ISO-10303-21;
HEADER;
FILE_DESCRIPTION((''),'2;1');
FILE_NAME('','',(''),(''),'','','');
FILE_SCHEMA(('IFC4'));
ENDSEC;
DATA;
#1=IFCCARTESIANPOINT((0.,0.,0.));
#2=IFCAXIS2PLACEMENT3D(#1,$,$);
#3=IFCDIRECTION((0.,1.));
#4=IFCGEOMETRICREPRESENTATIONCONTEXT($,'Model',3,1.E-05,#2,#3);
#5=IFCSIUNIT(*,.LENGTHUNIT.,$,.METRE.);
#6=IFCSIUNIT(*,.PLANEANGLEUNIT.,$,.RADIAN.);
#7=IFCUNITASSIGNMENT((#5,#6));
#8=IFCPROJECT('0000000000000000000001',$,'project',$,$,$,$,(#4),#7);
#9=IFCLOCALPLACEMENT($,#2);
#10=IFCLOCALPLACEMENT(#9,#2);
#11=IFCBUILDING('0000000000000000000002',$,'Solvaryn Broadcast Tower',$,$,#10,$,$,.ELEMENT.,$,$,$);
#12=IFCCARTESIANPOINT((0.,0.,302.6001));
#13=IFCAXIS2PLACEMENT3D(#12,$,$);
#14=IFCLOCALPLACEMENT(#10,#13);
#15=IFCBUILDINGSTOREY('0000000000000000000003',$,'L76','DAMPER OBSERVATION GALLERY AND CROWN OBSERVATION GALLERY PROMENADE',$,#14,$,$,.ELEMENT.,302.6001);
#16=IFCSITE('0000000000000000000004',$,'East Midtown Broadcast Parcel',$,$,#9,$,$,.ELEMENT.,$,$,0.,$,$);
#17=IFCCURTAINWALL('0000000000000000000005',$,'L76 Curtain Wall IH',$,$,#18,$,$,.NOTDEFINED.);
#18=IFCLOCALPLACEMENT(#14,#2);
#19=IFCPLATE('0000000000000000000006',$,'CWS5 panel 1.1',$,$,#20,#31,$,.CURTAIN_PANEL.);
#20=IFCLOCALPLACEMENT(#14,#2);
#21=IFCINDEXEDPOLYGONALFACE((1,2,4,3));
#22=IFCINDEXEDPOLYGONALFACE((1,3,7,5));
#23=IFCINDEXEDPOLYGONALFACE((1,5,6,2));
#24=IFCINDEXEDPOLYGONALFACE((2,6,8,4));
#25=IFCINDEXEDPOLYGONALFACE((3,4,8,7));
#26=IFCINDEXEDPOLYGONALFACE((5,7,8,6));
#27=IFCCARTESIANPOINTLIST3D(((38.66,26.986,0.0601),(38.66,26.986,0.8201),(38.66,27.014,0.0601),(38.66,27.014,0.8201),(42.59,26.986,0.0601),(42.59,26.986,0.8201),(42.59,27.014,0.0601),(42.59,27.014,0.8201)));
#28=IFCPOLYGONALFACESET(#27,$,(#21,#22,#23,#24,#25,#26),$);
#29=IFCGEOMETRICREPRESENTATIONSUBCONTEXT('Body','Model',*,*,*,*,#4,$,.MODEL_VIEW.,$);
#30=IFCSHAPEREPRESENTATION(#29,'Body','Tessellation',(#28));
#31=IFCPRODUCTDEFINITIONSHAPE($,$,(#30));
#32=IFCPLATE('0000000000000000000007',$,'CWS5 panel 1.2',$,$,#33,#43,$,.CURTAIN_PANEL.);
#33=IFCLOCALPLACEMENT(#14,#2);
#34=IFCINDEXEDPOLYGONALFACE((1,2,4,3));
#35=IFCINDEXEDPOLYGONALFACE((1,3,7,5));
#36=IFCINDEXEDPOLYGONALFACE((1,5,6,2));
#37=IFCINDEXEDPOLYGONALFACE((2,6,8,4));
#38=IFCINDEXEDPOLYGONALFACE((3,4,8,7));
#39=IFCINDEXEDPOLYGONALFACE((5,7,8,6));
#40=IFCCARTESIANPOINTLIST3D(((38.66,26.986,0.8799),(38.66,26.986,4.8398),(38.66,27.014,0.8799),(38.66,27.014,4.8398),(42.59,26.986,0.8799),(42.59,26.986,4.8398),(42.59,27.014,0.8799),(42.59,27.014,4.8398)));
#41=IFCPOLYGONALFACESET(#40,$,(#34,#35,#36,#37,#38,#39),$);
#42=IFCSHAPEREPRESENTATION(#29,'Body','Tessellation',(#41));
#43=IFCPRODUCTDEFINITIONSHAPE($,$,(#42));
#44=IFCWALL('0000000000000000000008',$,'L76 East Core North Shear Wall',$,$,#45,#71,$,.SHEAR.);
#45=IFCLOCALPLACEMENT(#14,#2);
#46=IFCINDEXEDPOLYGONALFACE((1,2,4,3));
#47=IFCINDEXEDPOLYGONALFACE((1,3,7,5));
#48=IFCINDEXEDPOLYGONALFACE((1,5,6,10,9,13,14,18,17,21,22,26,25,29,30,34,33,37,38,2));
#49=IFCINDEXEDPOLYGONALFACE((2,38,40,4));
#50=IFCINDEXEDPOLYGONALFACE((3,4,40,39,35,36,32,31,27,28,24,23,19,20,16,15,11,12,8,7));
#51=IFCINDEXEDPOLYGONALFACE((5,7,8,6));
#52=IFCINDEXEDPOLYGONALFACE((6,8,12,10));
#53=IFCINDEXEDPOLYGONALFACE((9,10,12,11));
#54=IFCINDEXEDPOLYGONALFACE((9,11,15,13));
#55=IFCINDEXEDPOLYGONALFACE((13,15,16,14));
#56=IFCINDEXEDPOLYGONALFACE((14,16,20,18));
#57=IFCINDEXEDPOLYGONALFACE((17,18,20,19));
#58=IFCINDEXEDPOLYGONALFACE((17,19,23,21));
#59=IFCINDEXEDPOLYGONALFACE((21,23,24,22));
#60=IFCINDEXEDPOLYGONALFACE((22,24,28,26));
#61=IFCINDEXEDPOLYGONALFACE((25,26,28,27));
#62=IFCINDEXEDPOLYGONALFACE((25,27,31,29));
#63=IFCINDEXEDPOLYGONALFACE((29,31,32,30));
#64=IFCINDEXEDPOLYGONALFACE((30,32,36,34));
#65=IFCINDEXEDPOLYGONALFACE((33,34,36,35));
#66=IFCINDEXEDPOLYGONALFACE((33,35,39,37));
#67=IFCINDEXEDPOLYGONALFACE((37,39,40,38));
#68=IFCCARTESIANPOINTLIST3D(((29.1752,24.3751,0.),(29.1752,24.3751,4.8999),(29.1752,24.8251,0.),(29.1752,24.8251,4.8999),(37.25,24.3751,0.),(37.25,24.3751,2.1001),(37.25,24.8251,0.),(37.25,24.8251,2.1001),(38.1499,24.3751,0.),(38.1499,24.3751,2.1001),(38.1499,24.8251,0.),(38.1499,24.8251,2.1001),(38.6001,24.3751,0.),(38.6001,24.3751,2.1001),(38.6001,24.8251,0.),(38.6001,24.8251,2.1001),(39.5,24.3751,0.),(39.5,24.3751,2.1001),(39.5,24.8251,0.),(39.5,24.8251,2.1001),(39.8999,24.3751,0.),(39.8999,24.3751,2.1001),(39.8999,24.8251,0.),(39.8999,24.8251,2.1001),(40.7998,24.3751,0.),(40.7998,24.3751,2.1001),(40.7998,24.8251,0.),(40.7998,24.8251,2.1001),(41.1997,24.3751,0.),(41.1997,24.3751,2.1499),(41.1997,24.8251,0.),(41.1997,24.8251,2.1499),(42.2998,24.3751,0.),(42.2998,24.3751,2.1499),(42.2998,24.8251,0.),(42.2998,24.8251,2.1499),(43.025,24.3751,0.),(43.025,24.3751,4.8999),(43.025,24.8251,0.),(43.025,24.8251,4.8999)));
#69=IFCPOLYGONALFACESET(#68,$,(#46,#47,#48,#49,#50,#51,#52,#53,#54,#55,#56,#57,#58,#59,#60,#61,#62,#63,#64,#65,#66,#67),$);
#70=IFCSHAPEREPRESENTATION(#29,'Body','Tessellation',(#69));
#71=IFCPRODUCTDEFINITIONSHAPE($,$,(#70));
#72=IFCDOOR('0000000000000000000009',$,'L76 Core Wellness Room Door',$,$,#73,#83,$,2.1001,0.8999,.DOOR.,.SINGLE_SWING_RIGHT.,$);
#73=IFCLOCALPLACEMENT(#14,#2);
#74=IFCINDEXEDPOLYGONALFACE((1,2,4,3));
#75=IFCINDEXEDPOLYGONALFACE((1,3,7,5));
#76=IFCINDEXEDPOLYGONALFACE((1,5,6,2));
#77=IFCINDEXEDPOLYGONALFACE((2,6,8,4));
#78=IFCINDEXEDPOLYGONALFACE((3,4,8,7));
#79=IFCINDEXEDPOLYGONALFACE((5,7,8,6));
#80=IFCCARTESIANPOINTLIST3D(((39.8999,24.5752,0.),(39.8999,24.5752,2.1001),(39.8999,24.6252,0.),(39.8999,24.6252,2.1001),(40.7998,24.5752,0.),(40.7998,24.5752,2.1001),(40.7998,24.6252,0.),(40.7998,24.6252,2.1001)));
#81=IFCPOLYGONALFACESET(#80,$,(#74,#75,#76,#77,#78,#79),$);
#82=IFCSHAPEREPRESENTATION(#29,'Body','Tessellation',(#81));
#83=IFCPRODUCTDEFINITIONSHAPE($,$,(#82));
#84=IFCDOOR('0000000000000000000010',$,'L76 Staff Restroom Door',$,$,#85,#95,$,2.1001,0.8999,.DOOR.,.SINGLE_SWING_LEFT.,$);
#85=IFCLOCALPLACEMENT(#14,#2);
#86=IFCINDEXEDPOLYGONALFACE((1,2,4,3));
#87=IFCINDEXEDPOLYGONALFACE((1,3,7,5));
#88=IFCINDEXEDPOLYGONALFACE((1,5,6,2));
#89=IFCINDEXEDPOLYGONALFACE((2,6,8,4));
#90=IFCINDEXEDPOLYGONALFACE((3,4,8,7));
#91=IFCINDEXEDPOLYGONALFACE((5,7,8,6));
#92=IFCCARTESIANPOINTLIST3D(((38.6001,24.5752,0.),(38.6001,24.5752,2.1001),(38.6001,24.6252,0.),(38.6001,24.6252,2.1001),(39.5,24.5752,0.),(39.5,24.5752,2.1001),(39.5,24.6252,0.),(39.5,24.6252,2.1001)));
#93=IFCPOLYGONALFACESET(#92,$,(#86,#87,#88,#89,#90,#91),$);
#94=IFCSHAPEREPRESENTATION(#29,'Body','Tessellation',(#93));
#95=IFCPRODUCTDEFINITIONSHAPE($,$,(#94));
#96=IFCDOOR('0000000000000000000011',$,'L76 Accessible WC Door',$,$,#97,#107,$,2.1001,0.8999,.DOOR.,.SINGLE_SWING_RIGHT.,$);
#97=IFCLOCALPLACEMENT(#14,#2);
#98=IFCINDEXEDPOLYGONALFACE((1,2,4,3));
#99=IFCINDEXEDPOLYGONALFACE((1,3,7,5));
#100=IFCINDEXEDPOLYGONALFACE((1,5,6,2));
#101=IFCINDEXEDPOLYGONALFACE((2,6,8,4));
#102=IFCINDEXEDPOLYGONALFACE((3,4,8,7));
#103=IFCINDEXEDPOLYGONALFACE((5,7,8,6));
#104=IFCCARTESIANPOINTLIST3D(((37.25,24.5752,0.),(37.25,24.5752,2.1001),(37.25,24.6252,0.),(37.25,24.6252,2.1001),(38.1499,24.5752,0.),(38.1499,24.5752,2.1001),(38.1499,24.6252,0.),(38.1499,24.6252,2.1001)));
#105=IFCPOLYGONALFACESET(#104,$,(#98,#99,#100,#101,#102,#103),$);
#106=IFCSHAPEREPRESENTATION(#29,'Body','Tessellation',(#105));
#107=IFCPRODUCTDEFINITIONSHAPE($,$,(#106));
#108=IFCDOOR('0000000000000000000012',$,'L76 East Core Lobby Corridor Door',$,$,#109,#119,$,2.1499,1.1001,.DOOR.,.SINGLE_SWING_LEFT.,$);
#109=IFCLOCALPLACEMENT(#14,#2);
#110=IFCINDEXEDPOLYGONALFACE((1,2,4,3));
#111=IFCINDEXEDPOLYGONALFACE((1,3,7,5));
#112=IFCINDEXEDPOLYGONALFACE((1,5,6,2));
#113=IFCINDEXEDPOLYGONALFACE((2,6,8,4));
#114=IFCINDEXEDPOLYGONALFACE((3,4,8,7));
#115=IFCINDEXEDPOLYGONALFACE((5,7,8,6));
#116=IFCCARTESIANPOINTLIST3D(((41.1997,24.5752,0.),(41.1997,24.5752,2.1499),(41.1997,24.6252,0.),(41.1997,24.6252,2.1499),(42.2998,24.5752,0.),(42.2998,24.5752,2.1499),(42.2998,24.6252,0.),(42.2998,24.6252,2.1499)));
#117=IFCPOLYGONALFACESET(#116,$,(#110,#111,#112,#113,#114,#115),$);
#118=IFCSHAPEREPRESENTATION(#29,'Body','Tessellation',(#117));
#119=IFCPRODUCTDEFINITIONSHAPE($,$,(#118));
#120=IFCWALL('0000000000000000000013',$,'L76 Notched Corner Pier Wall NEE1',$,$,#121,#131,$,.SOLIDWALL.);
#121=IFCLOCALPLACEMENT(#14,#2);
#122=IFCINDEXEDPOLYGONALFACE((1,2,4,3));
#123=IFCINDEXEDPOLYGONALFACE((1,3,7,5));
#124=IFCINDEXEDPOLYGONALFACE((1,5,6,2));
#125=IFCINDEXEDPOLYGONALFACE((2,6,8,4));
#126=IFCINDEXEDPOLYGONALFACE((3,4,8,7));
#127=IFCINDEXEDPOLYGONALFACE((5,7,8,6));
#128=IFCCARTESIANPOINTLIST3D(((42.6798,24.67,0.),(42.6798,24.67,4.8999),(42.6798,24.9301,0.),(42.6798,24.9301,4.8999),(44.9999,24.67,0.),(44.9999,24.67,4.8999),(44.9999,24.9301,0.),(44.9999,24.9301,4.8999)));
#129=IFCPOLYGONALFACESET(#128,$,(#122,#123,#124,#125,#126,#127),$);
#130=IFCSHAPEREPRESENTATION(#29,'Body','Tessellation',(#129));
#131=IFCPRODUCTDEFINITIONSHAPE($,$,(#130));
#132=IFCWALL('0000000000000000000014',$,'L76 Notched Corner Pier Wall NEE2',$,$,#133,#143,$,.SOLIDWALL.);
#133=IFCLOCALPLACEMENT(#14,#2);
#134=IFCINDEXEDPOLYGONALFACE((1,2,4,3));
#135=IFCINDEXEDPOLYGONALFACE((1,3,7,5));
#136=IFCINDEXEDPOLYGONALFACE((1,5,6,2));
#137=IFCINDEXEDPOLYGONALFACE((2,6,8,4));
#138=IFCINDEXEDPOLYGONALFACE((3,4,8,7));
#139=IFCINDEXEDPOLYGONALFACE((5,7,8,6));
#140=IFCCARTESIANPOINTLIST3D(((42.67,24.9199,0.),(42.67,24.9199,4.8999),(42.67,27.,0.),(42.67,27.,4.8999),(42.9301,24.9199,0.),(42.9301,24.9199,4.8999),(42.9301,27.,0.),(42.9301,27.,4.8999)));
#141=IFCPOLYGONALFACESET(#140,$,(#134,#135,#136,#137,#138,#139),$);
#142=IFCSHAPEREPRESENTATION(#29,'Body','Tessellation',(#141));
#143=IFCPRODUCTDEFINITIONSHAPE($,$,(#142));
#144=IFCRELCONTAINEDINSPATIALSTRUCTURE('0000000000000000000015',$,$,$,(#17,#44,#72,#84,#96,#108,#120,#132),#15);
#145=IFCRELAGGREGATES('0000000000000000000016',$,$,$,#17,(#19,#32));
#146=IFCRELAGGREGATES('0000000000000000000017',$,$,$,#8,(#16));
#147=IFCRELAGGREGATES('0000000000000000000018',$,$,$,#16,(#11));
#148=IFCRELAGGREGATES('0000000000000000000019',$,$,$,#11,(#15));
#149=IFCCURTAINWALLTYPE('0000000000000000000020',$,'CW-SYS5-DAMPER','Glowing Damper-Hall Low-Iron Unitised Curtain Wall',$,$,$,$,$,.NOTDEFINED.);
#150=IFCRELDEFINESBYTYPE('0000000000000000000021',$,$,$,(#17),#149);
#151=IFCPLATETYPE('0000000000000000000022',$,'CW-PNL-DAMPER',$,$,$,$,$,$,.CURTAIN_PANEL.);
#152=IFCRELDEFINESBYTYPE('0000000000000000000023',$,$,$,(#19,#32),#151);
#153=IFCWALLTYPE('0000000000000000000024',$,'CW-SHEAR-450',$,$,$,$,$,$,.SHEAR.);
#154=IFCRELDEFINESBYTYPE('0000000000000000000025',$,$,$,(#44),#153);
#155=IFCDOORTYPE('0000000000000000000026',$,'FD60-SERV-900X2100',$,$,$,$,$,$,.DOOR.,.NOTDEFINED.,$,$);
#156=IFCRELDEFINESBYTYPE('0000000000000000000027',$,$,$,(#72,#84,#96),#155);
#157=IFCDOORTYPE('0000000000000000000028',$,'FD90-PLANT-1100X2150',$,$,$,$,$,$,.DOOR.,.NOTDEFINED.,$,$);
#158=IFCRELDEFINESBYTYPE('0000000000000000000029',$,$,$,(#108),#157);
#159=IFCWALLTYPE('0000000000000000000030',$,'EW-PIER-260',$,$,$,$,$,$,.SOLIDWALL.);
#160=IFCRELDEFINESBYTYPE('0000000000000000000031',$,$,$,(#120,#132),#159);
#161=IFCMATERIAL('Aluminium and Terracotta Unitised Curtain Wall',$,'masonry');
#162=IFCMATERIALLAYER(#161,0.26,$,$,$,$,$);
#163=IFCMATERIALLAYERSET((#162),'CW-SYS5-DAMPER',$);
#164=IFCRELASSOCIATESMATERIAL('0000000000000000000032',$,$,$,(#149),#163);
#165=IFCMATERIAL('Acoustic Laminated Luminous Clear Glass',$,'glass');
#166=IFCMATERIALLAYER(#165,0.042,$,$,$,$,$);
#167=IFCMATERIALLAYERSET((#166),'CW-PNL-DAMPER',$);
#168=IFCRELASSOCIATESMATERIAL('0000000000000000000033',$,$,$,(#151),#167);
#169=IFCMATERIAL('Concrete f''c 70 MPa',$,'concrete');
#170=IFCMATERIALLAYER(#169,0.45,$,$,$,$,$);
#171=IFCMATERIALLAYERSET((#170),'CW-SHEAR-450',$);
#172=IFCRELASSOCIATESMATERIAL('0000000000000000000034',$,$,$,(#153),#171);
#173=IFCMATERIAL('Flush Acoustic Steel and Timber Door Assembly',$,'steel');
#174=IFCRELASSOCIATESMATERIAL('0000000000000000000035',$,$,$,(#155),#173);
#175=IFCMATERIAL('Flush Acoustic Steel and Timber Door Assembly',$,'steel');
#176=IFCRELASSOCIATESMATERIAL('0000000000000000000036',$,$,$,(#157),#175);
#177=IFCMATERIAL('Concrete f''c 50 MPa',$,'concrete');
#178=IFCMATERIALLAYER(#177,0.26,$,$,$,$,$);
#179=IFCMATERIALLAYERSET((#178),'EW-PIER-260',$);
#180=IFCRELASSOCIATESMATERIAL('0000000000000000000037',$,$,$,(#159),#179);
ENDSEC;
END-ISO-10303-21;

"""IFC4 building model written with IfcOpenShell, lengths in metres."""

from ifc_helpers import new_model, si_unit, direction, frame, frame_2d, origin, origin_2d, place, context, subcontext, project, spatial, rectangle, extrude, material, layer, layer_set, type_object, element, fill, aggregate, save


model = new_model("IFC4")

# Units and contexts
model_context = context("Model", 3, precision=1e-05, world=origin(), true_north=direction((0.0, 1.0)))
body_context = subcontext(model_context, "Body", "Model", "MODEL_VIEW")
ifc_project = project(units=[si_unit("LENGTHUNIT", "METRE"), si_unit("PLANEANGLEUNIT", "RADIAN")], contexts=[model_context])

# Site, building, storey
site_placement = place(None, origin())
site = spatial("IfcSite", under=ifc_project, at=site_placement, Name="East Midtown Broadcast Parcel", CompositionType="ELEMENT", RefElevation=0.0)
building_placement = place(site_placement, origin())
building = spatial("IfcBuilding", under=site, at=building_placement, Name="Solvaryn Broadcast Tower", CompositionType="ELEMENT")
storey_placement = place(building_placement, frame((0.0, 0.0, 302.6001)))
storey = spatial("IfcBuildingStorey", under=building, at=storey_placement, Name="L76", Description="DAMPER OBSERVATION GALLERY AND CROWN OBSERVATION GALLERY PROMENADE", CompositionType="ELEMENT", Elevation=302.6001)

# Shared definitions
ifc_material_1 = material(Name="Aluminium and Terracotta Unitised Curtain Wall", Category="masonry")
ifc_layer_1 = layer(ifc_material_1, 0.26)
ifc_layer_set_1 = layer_set([ifc_layer_1], Name="CW-SYS5-DAMPER")
curtain_wall_type = type_object("IfcCurtainWallType", Name="CW-SYS5-DAMPER", Description="Glowing Damper-Hall Low-Iron Unitised Curtain Wall", PredefinedType="NOTDEFINED", material=ifc_layer_set_1)

# Curtain wall
curtain_wall_1_placement = place(storey_placement, origin())
curtain_wall_1 = element("IfcCurtainWall", 1, at=curtain_wall_1_placement, inside=storey, type_object=curtain_wall_type, Name="L76 Curtain Wall IH", PredefinedType="NOTDEFINED")

# Plates
ifc_material_2 = material(Name="Acoustic Laminated Luminous Clear Glass", Category="glass")
ifc_layer_2 = layer(ifc_material_2, 0.042)
ifc_layer_set_2 = layer_set([ifc_layer_2], Name="CW-PNL-DAMPER")
plate_type = type_object("IfcPlateType", Name="CW-PNL-DAMPER", PredefinedType="CURTAIN_PANEL", material=ifc_layer_set_2)
plate_1_placement = place(storey_placement, frame((40.625, 27.0, 0.0601), z_axis=(0.0, 0.0, 1.0), x_axis=(1.0, 0.0, 0.0)))
plate_1 = element("IfcPlate", 2, at=plate_1_placement, type_object=plate_type, Name="CWS5 panel 1.1", PredefinedType="CURTAIN_PANEL", context=body_context, shape_type="SweptSolid", body=[
    extrude(rectangle(XDim=3.9299, YDim=0.0281, at=origin_2d()), origin(), (0.0, 0.0, 1.0), 0.76),
])
plate_2_placement = place(storey_placement, frame((40.625, 27.0, 0.8799), z_axis=(0.0, 0.0, 1.0), x_axis=(1.0, 0.0, 0.0)))
plate_2 = element("IfcPlate", 3, at=plate_2_placement, type_object=plate_type, Name="CWS5 panel 1.2", PredefinedType="CURTAIN_PANEL", context=body_context, shape_type="SweptSolid", body=[
    extrude(rectangle(XDim=3.9299, YDim=0.0281, at=origin_2d()), origin(), (0.0, 0.0, 1.0), 3.96),
])
aggregate(curtain_wall_1, [plate_1, plate_2])

# Wall, openings, doors
ifc_material_3 = material(Name="Concrete f'c 70 MPa", Category="concrete")
ifc_layer_3 = layer(ifc_material_3, 0.45)
ifc_layer_set_3 = layer_set([ifc_layer_3], Name="CW-SHEAR-450")
wall_type_1 = type_object("IfcWallType", Name="CW-SHEAR-450", PredefinedType="SHEAR", material=ifc_layer_set_3)
wall_1_placement = place(storey_placement, frame((43.0249, 24.6001, 0.0), z_axis=(0.0, 0.0, 1.0), x_axis=(-1.0, 0.0, 0.0)))
wall_1 = element("IfcWall", 4, at=wall_1_placement, inside=storey, type_object=wall_type_1, Name="L76 East Core North Shear Wall", PredefinedType="SHEAR", context=body_context, shape_type="SweptSolid", body=[
    extrude(rectangle(XDim=13.8499, YDim=0.45, at=frame_2d((6.9248, 0.0))), origin(), (0.0, 0.0, 1.0), 4.8999),
])
opening_1_placement = place(wall_1_placement, frame((0.7251, 0.0, 0.0)))
opening_1 = element("IfcOpeningElement", 5, at=opening_1_placement, cuts=wall_1, PredefinedType="OPENING", context=body_context, shape_type="SweptSolid", body=[
    extrude(rectangle(XDim=1.1001, YDim=2.1499, at=frame_2d((0.55, 1.075))), frame((0.0, 0.2351, 0.0), z_axis=(0.0, -1.0, 0.0), x_axis=(1.0, 0.0, 0.0)), (0.0, 0.0, 1.0), 0.47),
])
opening_2_placement = place(wall_1_placement, frame((2.2251, 0.0, 0.0)))
opening_2 = element("IfcOpeningElement", 6, at=opening_2_placement, cuts=wall_1, PredefinedType="OPENING", context=body_context, shape_type="SweptSolid", body=[
    extrude(rectangle(XDim=0.8999, YDim=2.1001, at=frame_2d((0.45, 1.05))), frame((0.0, 0.2351, 0.0), z_axis=(0.0, -1.0, 0.0), x_axis=(1.0, 0.0, 0.0)), (0.0, 0.0, 1.0), 0.47),
])
opening_3_placement = place(wall_1_placement, frame((3.5249, 0.0, 0.0)))
opening_3 = element("IfcOpeningElement", 7, at=opening_3_placement, cuts=wall_1, PredefinedType="OPENING", context=body_context, shape_type="SweptSolid", body=[
    extrude(rectangle(XDim=0.8999, YDim=2.1001, at=frame_2d((0.45, 1.05))), frame((0.0, 0.2351, 0.0), z_axis=(0.0, -1.0, 0.0), x_axis=(1.0, 0.0, 0.0)), (0.0, 0.0, 1.0), 0.47),
])
opening_4_placement = place(wall_1_placement, frame((4.875, 0.0, 0.0)))
opening_4 = element("IfcOpeningElement", 8, at=opening_4_placement, cuts=wall_1, PredefinedType="OPENING", context=body_context, shape_type="SweptSolid", body=[
    extrude(rectangle(XDim=0.8999, YDim=2.1001, at=frame_2d((0.45, 1.05))), frame((0.0, 0.2351, 0.0), z_axis=(0.0, -1.0, 0.0), x_axis=(1.0, 0.0, 0.0)), (0.0, 0.0, 1.0), 0.47),
])
ifc_material_4 = material(Name="Flush Acoustic Steel and Timber Door Assembly", Category="steel")
door_type_1 = type_object("IfcDoorType", Name="FD60-SERV-900X2100", OperationType="NOTDEFINED", PredefinedType="DOOR", material=ifc_material_4)
door_1_placement = place(opening_2_placement, origin())
door_1 = element("IfcDoor", 9, at=door_1_placement, inside=storey, type_object=door_type_1, Name="L76 Core Wellness Room Door", OperationType="SINGLE_SWING_RIGHT", OverallHeight=2.1001, OverallWidth=0.8999, PredefinedType="DOOR", context=body_context, shape_type="SweptSolid", body=[
    extrude(rectangle(XDim=0.8999, YDim=2.1001, at=frame_2d((0.45, 1.05))), frame((0.0, 0.0249, 0.0), z_axis=(0.0, -1.0, 0.0), x_axis=(1.0, 0.0, 0.0)), (0.0, 0.0, 1.0), 0.05),
])
fill(opening_2, door_1)
door_2_placement = place(opening_3_placement, origin())
door_2 = element("IfcDoor", 10, at=door_2_placement, inside=storey, type_object=door_type_1, Name="L76 Staff Restroom Door", OperationType="SINGLE_SWING_LEFT", OverallHeight=2.1001, OverallWidth=0.8999, PredefinedType="DOOR", context=body_context, shape_type="SweptSolid", body=[
    extrude(rectangle(XDim=0.8999, YDim=2.1001, at=frame_2d((0.45, 1.05))), frame((0.0, 0.0249, 0.0), z_axis=(0.0, -1.0, 0.0), x_axis=(1.0, 0.0, 0.0)), (0.0, 0.0, 1.0), 0.05),
])
fill(opening_3, door_2)
door_3_placement = place(opening_4_placement, origin())
door_3 = element("IfcDoor", 11, at=door_3_placement, inside=storey, type_object=door_type_1, Name="L76 Accessible WC Door", OperationType="SINGLE_SWING_RIGHT", OverallHeight=2.1001, OverallWidth=0.8999, PredefinedType="DOOR", context=body_context, shape_type="SweptSolid", body=[
    extrude(rectangle(XDim=0.8999, YDim=2.1001, at=frame_2d((0.45, 1.05))), frame((0.0, 0.0249, 0.0), z_axis=(0.0, -1.0, 0.0), x_axis=(1.0, 0.0, 0.0)), (0.0, 0.0, 1.0), 0.05),
])
fill(opening_4, door_3)
ifc_material_5 = material(Name="Flush Acoustic Steel and Timber Door Assembly", Category="steel")
door_type_2 = type_object("IfcDoorType", Name="FD90-PLANT-1100X2150", OperationType="NOTDEFINED", PredefinedType="DOOR", material=ifc_material_5)
door_4_placement = place(opening_1_placement, origin())
door_4 = element("IfcDoor", 12, at=door_4_placement, inside=storey, type_object=door_type_2, Name="L76 East Core Lobby Corridor Door", OperationType="SINGLE_SWING_LEFT", OverallHeight=2.1499, OverallWidth=1.1001, PredefinedType="DOOR", context=body_context, shape_type="SweptSolid", body=[
    extrude(rectangle(XDim=1.1001, YDim=2.1499, at=frame_2d((0.55, 1.075))), frame((0.0, 0.0249, 0.0), z_axis=(0.0, -1.0, 0.0), x_axis=(1.0, 0.0, 0.0)), (0.0, 0.0, 1.0), 0.05),
])
fill(opening_1, door_4)

# Walls
ifc_material_6 = material(Name="Concrete f'c 50 MPa", Category="concrete")
ifc_layer_4 = layer(ifc_material_6, 0.26)
ifc_layer_set_4 = layer_set([ifc_layer_4], Name="EW-PIER-260")
wall_type_2 = type_object("IfcWallType", Name="EW-PIER-260", PredefinedType="SOLIDWALL", material=ifc_layer_set_4)
wall_2_placement = place(storey_placement, frame((45.0, 24.8, 0.0), z_axis=(0.0, 0.0, 1.0), x_axis=(-1.0, 0.0, 0.0)))
element("IfcWall", 13, at=wall_2_placement, inside=storey, type_object=wall_type_2, Name="L76 Notched Corner Pier Wall NEE1", PredefinedType="SOLIDWALL", context=body_context, shape_type="SweptSolid", body=[
    extrude(rectangle(XDim=2.3201, YDim=0.26, at=frame_2d((1.1602, 0.0))), origin(), (0.0, 0.0, 1.0), 4.8999),
])
wall_3_placement = place(storey_placement, frame((42.8, 24.9199, 0.0), z_axis=(0.0, 0.0, 1.0), x_axis=(0.0, 1.0, 0.0)))
element("IfcWall", 14, at=wall_3_placement, inside=storey, type_object=wall_type_2, Name="L76 Notched Corner Pier Wall NEE2", PredefinedType="SOLIDWALL", context=body_context, shape_type="SweptSolid", body=[
    extrude(rectangle(XDim=2.0801, YDim=0.26, at=frame_2d((1.04, 0.0))), origin(), (0.0, 0.0, 1.0), 4.8999),
])

save(model, "model.ifc")
